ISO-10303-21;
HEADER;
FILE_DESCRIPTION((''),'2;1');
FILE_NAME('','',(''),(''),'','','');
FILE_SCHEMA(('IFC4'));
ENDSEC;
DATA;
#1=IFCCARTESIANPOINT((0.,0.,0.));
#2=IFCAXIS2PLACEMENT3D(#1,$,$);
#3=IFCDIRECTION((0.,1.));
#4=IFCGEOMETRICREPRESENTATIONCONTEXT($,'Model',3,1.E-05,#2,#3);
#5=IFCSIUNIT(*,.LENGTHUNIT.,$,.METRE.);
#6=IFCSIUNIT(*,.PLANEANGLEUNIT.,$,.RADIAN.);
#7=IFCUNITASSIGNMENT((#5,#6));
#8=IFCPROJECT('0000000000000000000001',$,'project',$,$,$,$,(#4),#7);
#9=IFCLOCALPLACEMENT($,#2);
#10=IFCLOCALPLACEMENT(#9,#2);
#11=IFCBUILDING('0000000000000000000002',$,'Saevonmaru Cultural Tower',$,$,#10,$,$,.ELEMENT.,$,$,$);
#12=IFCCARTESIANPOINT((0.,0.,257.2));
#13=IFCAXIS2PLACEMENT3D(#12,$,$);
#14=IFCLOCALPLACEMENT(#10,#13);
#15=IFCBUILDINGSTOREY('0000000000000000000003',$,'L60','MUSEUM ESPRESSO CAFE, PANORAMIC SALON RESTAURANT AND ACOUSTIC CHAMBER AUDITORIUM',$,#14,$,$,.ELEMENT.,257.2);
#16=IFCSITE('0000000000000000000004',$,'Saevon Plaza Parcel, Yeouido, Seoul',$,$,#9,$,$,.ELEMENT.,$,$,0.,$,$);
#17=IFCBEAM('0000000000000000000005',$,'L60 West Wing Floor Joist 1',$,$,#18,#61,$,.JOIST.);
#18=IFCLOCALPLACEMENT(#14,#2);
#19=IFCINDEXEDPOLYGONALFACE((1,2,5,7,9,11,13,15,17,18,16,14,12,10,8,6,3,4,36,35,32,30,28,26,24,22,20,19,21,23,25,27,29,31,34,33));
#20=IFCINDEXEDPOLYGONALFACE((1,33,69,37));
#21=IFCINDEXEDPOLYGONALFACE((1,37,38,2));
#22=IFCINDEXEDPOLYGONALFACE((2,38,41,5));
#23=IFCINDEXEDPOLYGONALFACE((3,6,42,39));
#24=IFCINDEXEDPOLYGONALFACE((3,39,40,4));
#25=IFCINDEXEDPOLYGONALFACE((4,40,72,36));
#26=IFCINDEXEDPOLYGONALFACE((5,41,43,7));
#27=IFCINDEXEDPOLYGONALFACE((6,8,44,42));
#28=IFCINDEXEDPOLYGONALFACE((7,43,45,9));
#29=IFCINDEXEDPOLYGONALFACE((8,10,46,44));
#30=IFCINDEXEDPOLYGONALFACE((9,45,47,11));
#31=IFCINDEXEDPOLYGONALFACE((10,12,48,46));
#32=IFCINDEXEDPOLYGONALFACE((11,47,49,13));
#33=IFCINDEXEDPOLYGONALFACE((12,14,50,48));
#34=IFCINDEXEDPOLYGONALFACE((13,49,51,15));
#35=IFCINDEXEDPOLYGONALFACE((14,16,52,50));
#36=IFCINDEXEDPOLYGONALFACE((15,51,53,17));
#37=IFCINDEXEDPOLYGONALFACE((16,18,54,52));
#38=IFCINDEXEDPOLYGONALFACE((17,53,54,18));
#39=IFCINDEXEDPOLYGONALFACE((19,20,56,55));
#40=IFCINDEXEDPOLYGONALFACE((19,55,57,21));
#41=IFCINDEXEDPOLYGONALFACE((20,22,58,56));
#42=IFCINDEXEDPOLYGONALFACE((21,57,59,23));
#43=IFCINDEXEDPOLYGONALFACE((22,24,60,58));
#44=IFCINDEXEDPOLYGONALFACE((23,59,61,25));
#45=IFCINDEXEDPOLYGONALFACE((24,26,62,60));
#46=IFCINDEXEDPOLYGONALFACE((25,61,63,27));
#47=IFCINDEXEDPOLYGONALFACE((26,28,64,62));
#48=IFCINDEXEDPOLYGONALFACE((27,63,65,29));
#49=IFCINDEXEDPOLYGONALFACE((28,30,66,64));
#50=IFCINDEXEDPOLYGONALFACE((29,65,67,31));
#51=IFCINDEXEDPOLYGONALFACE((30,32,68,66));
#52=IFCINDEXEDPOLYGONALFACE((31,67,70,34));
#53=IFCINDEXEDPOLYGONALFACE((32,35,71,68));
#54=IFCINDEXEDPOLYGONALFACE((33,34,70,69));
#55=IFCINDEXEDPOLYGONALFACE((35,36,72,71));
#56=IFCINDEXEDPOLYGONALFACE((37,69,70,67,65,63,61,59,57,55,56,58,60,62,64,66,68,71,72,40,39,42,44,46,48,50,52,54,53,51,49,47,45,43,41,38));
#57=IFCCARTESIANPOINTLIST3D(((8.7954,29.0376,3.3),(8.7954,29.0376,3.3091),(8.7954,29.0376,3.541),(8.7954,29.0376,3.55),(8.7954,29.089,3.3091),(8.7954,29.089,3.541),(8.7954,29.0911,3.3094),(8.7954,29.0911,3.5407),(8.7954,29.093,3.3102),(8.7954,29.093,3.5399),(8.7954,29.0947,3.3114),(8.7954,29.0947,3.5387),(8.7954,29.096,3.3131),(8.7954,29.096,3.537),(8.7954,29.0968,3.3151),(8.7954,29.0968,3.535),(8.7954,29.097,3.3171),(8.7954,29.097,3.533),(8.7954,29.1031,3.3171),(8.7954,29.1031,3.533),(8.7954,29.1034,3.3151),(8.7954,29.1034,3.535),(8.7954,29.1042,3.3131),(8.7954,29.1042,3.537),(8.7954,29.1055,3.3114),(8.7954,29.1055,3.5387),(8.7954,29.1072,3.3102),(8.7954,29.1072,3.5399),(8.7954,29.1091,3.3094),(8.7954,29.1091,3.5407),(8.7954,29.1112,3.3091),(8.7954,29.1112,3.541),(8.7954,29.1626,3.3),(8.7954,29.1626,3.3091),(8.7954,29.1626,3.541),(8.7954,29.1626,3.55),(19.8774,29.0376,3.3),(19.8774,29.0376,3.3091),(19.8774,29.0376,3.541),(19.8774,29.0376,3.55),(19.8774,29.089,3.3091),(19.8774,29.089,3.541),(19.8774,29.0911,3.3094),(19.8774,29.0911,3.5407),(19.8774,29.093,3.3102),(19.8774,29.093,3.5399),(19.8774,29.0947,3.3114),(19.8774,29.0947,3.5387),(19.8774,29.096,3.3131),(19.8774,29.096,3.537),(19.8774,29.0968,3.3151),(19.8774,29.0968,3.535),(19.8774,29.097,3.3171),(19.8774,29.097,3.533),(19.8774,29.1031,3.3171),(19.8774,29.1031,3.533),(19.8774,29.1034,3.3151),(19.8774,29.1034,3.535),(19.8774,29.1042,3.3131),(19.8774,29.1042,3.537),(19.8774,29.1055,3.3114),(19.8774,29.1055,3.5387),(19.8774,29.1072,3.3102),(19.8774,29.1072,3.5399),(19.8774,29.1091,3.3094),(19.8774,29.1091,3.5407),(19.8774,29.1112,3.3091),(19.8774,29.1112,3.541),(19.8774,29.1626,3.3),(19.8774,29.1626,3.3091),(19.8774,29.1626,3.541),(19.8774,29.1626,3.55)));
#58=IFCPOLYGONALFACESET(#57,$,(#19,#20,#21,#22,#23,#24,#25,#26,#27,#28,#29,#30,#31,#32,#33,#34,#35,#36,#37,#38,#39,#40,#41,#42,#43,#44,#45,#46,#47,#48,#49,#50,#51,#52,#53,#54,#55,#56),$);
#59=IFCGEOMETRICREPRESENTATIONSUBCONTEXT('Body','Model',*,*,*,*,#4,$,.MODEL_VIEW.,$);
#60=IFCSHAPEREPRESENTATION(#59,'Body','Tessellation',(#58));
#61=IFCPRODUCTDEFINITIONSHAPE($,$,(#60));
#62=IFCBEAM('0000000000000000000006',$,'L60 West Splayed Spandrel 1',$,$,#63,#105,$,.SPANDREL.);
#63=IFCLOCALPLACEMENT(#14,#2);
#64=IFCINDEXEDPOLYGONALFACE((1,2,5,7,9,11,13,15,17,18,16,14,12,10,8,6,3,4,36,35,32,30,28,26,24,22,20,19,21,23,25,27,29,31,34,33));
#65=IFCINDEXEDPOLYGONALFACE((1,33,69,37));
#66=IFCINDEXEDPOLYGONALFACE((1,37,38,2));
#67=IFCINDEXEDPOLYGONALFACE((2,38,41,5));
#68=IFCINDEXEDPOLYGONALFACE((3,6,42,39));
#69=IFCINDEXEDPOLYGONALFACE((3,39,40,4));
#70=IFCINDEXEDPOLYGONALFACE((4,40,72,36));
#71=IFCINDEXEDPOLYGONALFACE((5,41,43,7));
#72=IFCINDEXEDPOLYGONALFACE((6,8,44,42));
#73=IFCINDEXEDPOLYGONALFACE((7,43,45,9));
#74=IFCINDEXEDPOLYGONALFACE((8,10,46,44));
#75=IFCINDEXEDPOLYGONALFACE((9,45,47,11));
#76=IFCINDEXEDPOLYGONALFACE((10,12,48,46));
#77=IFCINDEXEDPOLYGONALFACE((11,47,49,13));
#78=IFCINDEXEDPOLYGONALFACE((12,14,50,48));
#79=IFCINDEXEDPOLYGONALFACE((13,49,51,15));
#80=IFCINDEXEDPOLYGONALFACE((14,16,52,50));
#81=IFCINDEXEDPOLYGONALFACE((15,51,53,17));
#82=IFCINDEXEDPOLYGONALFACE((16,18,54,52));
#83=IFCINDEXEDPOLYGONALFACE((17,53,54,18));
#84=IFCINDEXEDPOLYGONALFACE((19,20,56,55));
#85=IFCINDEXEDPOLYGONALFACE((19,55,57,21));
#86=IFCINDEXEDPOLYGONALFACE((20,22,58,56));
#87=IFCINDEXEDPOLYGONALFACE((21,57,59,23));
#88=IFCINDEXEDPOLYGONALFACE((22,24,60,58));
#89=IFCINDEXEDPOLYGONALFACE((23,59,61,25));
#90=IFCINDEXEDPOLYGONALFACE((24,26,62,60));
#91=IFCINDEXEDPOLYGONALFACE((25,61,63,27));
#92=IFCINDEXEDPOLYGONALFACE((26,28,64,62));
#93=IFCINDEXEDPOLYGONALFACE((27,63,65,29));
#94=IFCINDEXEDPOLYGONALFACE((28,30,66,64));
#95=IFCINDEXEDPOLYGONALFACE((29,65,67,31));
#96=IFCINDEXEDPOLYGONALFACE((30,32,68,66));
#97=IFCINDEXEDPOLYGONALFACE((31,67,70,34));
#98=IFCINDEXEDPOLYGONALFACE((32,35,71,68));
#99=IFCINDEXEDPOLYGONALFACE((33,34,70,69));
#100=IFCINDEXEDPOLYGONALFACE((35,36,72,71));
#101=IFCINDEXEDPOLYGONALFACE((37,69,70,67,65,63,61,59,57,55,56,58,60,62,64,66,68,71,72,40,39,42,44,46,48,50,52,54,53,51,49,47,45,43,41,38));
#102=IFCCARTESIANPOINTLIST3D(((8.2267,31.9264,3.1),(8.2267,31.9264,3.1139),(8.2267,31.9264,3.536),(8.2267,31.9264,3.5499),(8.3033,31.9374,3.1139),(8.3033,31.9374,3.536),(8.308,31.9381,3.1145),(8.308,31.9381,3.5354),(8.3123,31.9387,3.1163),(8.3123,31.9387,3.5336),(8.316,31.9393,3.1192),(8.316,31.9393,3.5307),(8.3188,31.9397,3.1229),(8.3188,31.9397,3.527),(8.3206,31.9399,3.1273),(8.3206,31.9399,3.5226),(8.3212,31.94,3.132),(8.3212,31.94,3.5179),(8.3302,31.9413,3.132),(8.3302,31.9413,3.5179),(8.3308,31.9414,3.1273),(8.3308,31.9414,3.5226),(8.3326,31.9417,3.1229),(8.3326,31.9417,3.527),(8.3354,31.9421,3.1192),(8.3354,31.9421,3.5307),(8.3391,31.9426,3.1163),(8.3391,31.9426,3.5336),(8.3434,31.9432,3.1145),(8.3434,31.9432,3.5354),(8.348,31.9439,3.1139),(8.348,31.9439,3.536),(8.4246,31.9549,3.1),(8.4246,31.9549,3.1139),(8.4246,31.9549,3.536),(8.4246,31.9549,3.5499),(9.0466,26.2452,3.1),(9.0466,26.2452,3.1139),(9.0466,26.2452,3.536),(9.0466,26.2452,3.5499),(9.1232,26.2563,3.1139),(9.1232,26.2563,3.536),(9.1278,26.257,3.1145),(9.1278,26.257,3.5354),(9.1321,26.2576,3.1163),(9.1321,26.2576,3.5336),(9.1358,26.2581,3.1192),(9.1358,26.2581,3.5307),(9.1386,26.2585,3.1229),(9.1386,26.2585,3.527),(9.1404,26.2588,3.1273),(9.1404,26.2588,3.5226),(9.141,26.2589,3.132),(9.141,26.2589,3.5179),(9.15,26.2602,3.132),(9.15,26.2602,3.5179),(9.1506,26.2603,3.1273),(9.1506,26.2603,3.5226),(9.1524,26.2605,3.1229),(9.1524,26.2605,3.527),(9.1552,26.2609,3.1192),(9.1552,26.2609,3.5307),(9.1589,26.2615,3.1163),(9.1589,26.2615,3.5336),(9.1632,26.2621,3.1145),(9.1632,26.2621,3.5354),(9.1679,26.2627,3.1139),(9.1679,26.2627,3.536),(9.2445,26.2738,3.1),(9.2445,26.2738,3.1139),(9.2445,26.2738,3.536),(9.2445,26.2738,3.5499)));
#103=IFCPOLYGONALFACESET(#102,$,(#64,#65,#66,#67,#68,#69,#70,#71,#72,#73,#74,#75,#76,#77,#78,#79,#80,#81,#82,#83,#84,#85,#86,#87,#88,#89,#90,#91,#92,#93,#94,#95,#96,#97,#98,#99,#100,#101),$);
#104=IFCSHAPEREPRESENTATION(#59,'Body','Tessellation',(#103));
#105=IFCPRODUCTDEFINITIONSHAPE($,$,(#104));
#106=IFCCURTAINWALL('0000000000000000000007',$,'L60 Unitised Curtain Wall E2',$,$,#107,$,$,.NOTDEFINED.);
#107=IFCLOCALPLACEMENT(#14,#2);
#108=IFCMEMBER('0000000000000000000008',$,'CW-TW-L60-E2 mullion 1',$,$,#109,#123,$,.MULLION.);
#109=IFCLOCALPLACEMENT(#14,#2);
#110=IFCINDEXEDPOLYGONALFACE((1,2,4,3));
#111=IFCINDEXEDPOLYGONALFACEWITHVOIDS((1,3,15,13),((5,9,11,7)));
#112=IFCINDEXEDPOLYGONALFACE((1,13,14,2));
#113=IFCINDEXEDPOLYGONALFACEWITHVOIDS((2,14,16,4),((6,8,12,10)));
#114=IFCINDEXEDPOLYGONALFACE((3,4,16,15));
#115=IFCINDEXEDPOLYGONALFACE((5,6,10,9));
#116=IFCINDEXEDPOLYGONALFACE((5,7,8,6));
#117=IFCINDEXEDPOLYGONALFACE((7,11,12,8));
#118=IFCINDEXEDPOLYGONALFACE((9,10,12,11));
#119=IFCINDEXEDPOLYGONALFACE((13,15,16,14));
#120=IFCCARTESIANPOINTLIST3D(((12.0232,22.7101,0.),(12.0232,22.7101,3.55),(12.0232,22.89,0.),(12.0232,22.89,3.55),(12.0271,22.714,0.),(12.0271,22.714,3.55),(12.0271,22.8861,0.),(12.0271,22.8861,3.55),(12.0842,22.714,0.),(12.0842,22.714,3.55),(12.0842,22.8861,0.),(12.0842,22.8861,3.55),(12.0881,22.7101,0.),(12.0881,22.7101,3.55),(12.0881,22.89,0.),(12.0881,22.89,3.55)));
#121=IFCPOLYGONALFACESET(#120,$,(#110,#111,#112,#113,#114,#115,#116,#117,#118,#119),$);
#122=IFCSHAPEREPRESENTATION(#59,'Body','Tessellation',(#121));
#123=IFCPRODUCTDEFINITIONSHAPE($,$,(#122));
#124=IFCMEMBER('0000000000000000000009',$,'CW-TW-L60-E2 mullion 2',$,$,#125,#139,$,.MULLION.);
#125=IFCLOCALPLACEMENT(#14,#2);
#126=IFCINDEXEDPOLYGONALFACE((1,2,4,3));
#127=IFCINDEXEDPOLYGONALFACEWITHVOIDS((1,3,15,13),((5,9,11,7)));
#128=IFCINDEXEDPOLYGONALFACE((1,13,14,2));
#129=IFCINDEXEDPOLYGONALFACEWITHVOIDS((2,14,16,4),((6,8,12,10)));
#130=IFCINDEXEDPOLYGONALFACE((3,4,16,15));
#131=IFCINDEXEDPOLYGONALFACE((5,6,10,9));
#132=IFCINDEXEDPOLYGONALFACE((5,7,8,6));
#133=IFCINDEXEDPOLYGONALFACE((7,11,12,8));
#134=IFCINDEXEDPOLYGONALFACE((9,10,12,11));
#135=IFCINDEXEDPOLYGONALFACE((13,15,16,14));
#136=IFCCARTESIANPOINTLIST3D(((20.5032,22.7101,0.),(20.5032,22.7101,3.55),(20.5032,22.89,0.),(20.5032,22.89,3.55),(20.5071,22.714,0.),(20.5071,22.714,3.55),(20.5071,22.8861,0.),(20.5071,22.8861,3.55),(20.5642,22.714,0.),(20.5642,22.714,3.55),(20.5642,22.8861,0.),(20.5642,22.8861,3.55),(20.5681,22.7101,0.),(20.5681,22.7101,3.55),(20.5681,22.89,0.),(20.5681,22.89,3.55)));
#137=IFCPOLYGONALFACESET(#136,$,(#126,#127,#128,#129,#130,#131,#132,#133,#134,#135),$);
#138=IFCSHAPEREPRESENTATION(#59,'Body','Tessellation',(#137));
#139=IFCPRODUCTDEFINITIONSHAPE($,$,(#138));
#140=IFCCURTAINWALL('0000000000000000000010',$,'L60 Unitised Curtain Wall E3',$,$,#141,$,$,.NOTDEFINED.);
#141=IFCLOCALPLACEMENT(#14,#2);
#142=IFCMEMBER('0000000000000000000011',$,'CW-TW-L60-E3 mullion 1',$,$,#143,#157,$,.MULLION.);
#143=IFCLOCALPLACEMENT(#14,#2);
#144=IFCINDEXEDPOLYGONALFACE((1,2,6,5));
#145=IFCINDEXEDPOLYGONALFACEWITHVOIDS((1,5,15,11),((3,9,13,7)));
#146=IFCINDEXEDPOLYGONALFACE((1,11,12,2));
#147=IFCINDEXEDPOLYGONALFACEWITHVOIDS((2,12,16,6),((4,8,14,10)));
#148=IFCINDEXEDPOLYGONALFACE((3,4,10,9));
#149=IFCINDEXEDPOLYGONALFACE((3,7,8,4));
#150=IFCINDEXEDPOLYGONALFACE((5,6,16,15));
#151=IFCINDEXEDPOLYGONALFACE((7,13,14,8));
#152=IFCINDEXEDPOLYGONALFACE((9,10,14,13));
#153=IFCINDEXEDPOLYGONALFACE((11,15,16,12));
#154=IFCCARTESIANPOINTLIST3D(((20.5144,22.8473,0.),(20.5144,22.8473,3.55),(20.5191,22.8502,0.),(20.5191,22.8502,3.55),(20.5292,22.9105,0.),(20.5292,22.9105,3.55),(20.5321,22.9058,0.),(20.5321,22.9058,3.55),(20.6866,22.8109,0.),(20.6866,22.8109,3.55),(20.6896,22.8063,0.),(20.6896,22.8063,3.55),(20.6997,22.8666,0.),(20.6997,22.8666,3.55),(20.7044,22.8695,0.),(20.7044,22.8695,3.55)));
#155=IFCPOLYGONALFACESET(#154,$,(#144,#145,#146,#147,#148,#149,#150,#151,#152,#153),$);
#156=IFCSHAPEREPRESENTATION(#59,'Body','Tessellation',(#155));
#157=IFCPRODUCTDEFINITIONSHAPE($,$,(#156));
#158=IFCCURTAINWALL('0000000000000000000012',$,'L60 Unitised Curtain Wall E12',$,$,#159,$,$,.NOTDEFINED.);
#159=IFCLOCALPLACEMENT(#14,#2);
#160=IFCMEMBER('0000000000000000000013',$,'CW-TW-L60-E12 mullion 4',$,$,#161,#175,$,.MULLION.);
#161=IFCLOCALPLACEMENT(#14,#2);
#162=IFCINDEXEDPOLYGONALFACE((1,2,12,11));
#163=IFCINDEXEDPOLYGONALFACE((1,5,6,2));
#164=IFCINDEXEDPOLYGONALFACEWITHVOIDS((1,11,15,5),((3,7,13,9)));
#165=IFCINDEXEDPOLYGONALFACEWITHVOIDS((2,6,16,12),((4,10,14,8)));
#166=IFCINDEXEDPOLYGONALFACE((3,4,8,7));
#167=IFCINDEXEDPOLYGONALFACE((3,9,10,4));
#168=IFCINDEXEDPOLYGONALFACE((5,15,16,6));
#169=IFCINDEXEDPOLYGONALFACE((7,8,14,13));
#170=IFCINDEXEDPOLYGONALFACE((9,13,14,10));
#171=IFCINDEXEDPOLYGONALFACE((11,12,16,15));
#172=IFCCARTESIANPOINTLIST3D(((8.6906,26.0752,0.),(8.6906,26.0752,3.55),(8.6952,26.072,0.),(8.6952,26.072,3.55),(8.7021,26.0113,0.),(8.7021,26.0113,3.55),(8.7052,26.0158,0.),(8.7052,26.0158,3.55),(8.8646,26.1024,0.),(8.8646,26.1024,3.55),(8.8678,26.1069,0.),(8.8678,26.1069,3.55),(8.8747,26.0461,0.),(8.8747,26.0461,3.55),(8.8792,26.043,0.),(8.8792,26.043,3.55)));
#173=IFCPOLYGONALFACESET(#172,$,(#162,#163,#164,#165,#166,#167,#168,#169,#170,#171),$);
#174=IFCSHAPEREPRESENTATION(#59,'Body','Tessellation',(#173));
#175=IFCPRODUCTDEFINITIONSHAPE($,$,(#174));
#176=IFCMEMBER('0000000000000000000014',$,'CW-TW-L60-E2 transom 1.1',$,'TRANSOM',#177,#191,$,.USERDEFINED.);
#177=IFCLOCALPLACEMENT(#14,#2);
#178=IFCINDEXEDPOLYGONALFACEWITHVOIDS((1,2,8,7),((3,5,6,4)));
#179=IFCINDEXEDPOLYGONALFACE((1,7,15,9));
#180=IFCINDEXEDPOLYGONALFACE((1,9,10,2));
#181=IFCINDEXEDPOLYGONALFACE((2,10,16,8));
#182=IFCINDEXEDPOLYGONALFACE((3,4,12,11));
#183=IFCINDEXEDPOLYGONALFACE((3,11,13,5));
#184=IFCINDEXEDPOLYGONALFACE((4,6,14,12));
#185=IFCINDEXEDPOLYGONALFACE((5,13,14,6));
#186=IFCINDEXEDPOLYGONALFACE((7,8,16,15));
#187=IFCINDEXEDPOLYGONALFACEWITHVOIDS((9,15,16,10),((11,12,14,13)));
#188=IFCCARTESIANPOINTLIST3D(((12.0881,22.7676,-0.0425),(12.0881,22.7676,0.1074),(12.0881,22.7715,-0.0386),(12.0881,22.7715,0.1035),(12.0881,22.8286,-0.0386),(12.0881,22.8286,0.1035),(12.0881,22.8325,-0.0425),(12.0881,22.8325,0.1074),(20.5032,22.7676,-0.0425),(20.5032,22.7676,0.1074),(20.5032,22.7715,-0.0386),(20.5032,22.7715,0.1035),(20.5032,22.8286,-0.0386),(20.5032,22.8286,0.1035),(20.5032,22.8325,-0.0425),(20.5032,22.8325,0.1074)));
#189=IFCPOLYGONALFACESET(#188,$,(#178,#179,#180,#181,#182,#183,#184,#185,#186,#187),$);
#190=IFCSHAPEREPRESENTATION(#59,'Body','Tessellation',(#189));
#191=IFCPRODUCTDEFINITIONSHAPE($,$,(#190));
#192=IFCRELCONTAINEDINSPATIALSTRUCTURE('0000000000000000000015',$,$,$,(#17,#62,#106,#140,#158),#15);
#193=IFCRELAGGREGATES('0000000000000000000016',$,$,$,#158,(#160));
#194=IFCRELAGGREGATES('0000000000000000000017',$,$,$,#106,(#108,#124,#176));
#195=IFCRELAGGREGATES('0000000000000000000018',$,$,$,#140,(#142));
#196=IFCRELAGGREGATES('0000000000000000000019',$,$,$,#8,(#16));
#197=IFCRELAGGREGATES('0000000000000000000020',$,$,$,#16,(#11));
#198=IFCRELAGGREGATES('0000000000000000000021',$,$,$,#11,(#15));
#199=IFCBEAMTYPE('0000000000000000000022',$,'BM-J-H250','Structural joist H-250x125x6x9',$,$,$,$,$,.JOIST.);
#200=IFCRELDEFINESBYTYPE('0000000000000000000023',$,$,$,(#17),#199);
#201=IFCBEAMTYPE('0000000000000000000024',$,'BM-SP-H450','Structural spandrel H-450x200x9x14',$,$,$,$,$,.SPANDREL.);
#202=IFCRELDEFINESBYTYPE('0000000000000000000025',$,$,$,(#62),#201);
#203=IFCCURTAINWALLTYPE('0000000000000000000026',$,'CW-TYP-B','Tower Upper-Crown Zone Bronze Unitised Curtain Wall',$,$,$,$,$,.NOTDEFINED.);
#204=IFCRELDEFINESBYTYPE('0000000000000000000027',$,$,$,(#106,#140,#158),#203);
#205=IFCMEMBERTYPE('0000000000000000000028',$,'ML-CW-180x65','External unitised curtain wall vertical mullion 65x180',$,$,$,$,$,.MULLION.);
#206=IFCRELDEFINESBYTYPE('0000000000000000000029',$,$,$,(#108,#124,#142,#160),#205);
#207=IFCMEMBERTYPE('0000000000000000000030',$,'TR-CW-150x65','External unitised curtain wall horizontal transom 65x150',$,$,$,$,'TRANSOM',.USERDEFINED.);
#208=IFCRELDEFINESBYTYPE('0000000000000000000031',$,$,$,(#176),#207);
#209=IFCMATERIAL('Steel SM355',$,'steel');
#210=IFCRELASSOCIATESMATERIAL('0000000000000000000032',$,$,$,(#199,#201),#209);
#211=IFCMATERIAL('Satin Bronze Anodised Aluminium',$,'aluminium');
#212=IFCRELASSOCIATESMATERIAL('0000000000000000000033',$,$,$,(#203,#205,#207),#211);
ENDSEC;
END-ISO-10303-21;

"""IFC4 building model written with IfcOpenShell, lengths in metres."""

from ifc_helpers import new_model, si_unit, direction, frame, origin, origin_2d, place, context, subcontext, project, spatial, hollow_rectangle, i_section, extrude, material, material_profile, profile_set, type_object, element, aggregate, save


model = new_model("IFC4")

# Units and contexts
model_context = context("Model", 3, precision=1e-05, world=origin(), true_north=direction((0.0, 1.0)))
body_context = subcontext(model_context, "Body", "Model", "MODEL_VIEW")
ifc_project = project(units=[si_unit("LENGTHUNIT", "METRE"), si_unit("PLANEANGLEUNIT", "RADIAN")], contexts=[model_context])

# Site, building, storey
site_placement = place(None, origin())
site = spatial("IfcSite", under=ifc_project, at=site_placement, Name="Saevon Plaza Parcel, Yeouido, Seoul", CompositionType="ELEMENT", RefElevation=0.0)
building_placement = place(site_placement, origin())
building = spatial("IfcBuilding", under=site, at=building_placement, Name="Saevonmaru Cultural Tower", CompositionType="ELEMENT")
storey_placement = place(building_placement, frame((0.0, 0.0, 257.2)))
storey = spatial("IfcBuildingStorey", under=building, at=storey_placement, Name="L60", Description="MUSEUM ESPRESSO CAFE, PANORAMIC SALON RESTAURANT AND ACOUSTIC CHAMBER AUDITORIUM", CompositionType="ELEMENT", Elevation=257.2)

# Shared definitions
ifc_material_1 = material(Name="Steel SM355", Category="steel")

# Beams
ifc_material_profile_1 = material_profile(ifc_material_1, i_section(OverallWidth=0.125, OverallDepth=0.25, WebThickness=0.0061, FlangeThickness=0.009, FilletRadius=0.0081, at=origin_2d()), Name="H-250x125x6x9")
ifc_profile_set_1 = profile_set([ifc_material_profile_1], Name="Steel SM355")
beam_type_1 = type_object("IfcBeamType", Name="BM-J-H250", Description="Structural joist H-250x125x6x9", PredefinedType="JOIST", material=ifc_profile_set_1)
beam_1_placement = place(storey_placement, frame((8.7954, 29.1001, 3.425), z_axis=(1.0, 0.0, 0.0), x_axis=(0.0, 1.0, 0.0)))
element("IfcBeam", 1, at=beam_1_placement, inside=storey, type_object=beam_type_1, Name="L60 West Wing Floor Joist 1", PredefinedType="JOIST", context=body_context, shape_type="SweptSolid", body=[
    extrude(i_section(OverallWidth=0.125, OverallDepth=0.25, WebThickness=0.0061, FlangeThickness=0.009, FilletRadius=0.0081, at=origin_2d()), origin(), (0.0, 0.0, 1.0), 11.082),
])
ifc_material_profile_2 = material_profile(ifc_material_1, i_section(OverallWidth=0.2, OverallDepth=0.45, WebThickness=0.009, FlangeThickness=0.0139, FilletRadius=0.0181, at=origin_2d()), Name="H-450x200x9x14")
ifc_profile_set_2 = profile_set([ifc_material_profile_2], Name="Steel SM355")
beam_type_2 = type_object("IfcBeamType", Name="BM-SP-H450", Description="Structural spandrel H-450x200x9x14", PredefinedType="SPANDREL", material=ifc_profile_set_2)
beam_2_placement = place(storey_placement, frame((9.1455, 26.2595, 3.325), z_axis=(-0.142827, 0.989748, 0.0), x_axis=(-0.989748, -0.142827, 0.0)))
element("IfcBeam", 2, at=beam_2_placement, inside=storey, type_object=beam_type_2, Name="L60 West Splayed Spandrel 1", PredefinedType="SPANDREL", context=body_context, shape_type="SweptSolid", body=[
    extrude(i_section(OverallWidth=0.2, OverallDepth=0.45, WebThickness=0.009, FlangeThickness=0.0139, FilletRadius=0.0181, at=origin_2d()), origin(), (0.0, 0.0, 1.0), 5.74),
])

# Curtain wall, members
ifc_material_2 = material(Name="Satin Bronze Anodised Aluminium", Category="aluminium")
curtain_wall_type = type_object("IfcCurtainWallType", Name="CW-TYP-B", Description="Tower Upper-Crown Zone Bronze Unitised Curtain Wall", PredefinedType="NOTDEFINED", material=ifc_material_2)
curtain_wall_1_placement = place(storey_placement, origin())
curtain_wall_1 = element("IfcCurtainWall", 3, at=curtain_wall_1_placement, inside=storey, type_object=curtain_wall_type, Name="L60 Unitised Curtain Wall E2", PredefinedType="NOTDEFINED")
ifc_material_profile_3 = material_profile(ifc_material_2, hollow_rectangle(XDim=0.0649, YDim=0.1799, WallThickness=0.0039, at=origin_2d()), Name="ALU-MULL-180x65x4")
ifc_profile_set_3 = profile_set([ifc_material_profile_3], Name="Satin Bronze Anodised Aluminium")
member_type_1 = type_object("IfcMemberType", Name="ML-CW-180x65", Description="External unitised curtain wall vertical mullion 65x180", PredefinedType="MULLION", material=ifc_profile_set_3)
member_1_placement = place(storey_placement, frame((12.0557, 22.8, 0.0), z_axis=(0.0, 0.0, 1.0), x_axis=(1.0, 0.0, 0.0)))
member_1 = element("IfcMember", 4, at=member_1_placement, type_object=member_type_1, Name="CW-TW-L60-E2 mullion 1", PredefinedType="MULLION", context=body_context, shape_type="SweptSolid", body=[
    extrude(hollow_rectangle(XDim=0.0649, YDim=0.1799, WallThickness=0.0039, at=origin_2d()), origin(), (0.0, 0.0, 1.0), 3.55),
])
member_2_placement = place(storey_placement, frame((20.5356, 22.8, 0.0), z_axis=(0.0, 0.0, 1.0), x_axis=(1.0, 0.0, 0.0)))
member_2 = element("IfcMember", 5, at=member_2_placement, type_object=member_type_1, Name="CW-TW-L60-E2 mullion 2", PredefinedType="MULLION", context=body_context, shape_type="SweptSolid", body=[
    extrude(hollow_rectangle(XDim=0.0649, YDim=0.1799, WallThickness=0.0039, at=origin_2d()), origin(), (0.0, 0.0, 1.0), 3.55),
])

# Curtain walls, members
curtain_wall_2_placement = place(storey_placement, origin())
curtain_wall_2 = element("IfcCurtainWall", 6, at=curtain_wall_2_placement, inside=storey, type_object=curtain_wall_type, Name="L60 Unitised Curtain Wall E3", PredefinedType="NOTDEFINED")
member_3_placement = place(storey_placement, frame((20.6094, 22.8584, 0.0), z_axis=(0.0, 0.0, 1.0), x_axis=(0.22819, 0.973617, 0.0)))
member_3 = element("IfcMember", 7, at=member_3_placement, type_object=member_type_1, Name="CW-TW-L60-E3 mullion 1", PredefinedType="MULLION", context=body_context, shape_type="SweptSolid", body=[
    extrude(hollow_rectangle(XDim=0.0649, YDim=0.1799, WallThickness=0.0039, at=origin_2d()), origin(), (0.0, 0.0, 1.0), 3.55),
])
curtain_wall_3_placement = place(storey_placement, origin())
curtain_wall_3 = element("IfcCurtainWall", 8, at=curtain_wall_3_placement, inside=storey, type_object=curtain_wall_type, Name="L60 Unitised Curtain Wall E12", PredefinedType="NOTDEFINED")
member_4_placement = place(storey_placement, frame((8.7849, 26.0591, 0.0), z_axis=(0.0, 0.0, 1.0), x_axis=(0.176141, -0.984365, 0.0)))
member_4 = element("IfcMember", 9, at=member_4_placement, type_object=member_type_1, Name="CW-TW-L60-E12 mullion 4", PredefinedType="MULLION", context=body_context, shape_type="SweptSolid", body=[
    extrude(hollow_rectangle(XDim=0.0649, YDim=0.1799, WallThickness=0.0039, at=origin_2d()), origin(), (0.0, 0.0, 1.0), 3.55),
])
aggregate(curtain_wall_3, [member_4])

# Member
ifc_material_profile_4 = material_profile(ifc_material_2, hollow_rectangle(XDim=0.0649, YDim=0.1499, WallThickness=0.0039, at=origin_2d()), Name="ALU-TRAN-150x65x4")
ifc_profile_set_4 = profile_set([ifc_material_profile_4], Name="Satin Bronze Anodised Aluminium")
member_type_2 = type_object("IfcMemberType", Name="TR-CW-150x65", Description="External unitised curtain wall horizontal transom 65x150", ElementType="TRANSOM", PredefinedType="USERDEFINED", material=ifc_profile_set_4)
member_5_placement = place(storey_placement, frame((12.0881, 22.8, 0.0325), z_axis=(1.0, 0.0, 0.0), x_axis=(0.0, 1.0, 0.0)))
member_5 = element("IfcMember", 10, at=member_5_placement, type_object=member_type_2, Name="CW-TW-L60-E2 transom 1.1", ObjectType="TRANSOM", PredefinedType="USERDEFINED", context=body_context, shape_type="SweptSolid", body=[
    extrude(hollow_rectangle(XDim=0.0649, YDim=0.1499, WallThickness=0.0039, at=origin_2d()), origin(), (0.0, 0.0, 1.0), 8.415),
])

aggregate(curtain_wall_1, [member_1, member_2, member_5])
aggregate(curtain_wall_2, [member_3])

save(model, "model.ifc")
